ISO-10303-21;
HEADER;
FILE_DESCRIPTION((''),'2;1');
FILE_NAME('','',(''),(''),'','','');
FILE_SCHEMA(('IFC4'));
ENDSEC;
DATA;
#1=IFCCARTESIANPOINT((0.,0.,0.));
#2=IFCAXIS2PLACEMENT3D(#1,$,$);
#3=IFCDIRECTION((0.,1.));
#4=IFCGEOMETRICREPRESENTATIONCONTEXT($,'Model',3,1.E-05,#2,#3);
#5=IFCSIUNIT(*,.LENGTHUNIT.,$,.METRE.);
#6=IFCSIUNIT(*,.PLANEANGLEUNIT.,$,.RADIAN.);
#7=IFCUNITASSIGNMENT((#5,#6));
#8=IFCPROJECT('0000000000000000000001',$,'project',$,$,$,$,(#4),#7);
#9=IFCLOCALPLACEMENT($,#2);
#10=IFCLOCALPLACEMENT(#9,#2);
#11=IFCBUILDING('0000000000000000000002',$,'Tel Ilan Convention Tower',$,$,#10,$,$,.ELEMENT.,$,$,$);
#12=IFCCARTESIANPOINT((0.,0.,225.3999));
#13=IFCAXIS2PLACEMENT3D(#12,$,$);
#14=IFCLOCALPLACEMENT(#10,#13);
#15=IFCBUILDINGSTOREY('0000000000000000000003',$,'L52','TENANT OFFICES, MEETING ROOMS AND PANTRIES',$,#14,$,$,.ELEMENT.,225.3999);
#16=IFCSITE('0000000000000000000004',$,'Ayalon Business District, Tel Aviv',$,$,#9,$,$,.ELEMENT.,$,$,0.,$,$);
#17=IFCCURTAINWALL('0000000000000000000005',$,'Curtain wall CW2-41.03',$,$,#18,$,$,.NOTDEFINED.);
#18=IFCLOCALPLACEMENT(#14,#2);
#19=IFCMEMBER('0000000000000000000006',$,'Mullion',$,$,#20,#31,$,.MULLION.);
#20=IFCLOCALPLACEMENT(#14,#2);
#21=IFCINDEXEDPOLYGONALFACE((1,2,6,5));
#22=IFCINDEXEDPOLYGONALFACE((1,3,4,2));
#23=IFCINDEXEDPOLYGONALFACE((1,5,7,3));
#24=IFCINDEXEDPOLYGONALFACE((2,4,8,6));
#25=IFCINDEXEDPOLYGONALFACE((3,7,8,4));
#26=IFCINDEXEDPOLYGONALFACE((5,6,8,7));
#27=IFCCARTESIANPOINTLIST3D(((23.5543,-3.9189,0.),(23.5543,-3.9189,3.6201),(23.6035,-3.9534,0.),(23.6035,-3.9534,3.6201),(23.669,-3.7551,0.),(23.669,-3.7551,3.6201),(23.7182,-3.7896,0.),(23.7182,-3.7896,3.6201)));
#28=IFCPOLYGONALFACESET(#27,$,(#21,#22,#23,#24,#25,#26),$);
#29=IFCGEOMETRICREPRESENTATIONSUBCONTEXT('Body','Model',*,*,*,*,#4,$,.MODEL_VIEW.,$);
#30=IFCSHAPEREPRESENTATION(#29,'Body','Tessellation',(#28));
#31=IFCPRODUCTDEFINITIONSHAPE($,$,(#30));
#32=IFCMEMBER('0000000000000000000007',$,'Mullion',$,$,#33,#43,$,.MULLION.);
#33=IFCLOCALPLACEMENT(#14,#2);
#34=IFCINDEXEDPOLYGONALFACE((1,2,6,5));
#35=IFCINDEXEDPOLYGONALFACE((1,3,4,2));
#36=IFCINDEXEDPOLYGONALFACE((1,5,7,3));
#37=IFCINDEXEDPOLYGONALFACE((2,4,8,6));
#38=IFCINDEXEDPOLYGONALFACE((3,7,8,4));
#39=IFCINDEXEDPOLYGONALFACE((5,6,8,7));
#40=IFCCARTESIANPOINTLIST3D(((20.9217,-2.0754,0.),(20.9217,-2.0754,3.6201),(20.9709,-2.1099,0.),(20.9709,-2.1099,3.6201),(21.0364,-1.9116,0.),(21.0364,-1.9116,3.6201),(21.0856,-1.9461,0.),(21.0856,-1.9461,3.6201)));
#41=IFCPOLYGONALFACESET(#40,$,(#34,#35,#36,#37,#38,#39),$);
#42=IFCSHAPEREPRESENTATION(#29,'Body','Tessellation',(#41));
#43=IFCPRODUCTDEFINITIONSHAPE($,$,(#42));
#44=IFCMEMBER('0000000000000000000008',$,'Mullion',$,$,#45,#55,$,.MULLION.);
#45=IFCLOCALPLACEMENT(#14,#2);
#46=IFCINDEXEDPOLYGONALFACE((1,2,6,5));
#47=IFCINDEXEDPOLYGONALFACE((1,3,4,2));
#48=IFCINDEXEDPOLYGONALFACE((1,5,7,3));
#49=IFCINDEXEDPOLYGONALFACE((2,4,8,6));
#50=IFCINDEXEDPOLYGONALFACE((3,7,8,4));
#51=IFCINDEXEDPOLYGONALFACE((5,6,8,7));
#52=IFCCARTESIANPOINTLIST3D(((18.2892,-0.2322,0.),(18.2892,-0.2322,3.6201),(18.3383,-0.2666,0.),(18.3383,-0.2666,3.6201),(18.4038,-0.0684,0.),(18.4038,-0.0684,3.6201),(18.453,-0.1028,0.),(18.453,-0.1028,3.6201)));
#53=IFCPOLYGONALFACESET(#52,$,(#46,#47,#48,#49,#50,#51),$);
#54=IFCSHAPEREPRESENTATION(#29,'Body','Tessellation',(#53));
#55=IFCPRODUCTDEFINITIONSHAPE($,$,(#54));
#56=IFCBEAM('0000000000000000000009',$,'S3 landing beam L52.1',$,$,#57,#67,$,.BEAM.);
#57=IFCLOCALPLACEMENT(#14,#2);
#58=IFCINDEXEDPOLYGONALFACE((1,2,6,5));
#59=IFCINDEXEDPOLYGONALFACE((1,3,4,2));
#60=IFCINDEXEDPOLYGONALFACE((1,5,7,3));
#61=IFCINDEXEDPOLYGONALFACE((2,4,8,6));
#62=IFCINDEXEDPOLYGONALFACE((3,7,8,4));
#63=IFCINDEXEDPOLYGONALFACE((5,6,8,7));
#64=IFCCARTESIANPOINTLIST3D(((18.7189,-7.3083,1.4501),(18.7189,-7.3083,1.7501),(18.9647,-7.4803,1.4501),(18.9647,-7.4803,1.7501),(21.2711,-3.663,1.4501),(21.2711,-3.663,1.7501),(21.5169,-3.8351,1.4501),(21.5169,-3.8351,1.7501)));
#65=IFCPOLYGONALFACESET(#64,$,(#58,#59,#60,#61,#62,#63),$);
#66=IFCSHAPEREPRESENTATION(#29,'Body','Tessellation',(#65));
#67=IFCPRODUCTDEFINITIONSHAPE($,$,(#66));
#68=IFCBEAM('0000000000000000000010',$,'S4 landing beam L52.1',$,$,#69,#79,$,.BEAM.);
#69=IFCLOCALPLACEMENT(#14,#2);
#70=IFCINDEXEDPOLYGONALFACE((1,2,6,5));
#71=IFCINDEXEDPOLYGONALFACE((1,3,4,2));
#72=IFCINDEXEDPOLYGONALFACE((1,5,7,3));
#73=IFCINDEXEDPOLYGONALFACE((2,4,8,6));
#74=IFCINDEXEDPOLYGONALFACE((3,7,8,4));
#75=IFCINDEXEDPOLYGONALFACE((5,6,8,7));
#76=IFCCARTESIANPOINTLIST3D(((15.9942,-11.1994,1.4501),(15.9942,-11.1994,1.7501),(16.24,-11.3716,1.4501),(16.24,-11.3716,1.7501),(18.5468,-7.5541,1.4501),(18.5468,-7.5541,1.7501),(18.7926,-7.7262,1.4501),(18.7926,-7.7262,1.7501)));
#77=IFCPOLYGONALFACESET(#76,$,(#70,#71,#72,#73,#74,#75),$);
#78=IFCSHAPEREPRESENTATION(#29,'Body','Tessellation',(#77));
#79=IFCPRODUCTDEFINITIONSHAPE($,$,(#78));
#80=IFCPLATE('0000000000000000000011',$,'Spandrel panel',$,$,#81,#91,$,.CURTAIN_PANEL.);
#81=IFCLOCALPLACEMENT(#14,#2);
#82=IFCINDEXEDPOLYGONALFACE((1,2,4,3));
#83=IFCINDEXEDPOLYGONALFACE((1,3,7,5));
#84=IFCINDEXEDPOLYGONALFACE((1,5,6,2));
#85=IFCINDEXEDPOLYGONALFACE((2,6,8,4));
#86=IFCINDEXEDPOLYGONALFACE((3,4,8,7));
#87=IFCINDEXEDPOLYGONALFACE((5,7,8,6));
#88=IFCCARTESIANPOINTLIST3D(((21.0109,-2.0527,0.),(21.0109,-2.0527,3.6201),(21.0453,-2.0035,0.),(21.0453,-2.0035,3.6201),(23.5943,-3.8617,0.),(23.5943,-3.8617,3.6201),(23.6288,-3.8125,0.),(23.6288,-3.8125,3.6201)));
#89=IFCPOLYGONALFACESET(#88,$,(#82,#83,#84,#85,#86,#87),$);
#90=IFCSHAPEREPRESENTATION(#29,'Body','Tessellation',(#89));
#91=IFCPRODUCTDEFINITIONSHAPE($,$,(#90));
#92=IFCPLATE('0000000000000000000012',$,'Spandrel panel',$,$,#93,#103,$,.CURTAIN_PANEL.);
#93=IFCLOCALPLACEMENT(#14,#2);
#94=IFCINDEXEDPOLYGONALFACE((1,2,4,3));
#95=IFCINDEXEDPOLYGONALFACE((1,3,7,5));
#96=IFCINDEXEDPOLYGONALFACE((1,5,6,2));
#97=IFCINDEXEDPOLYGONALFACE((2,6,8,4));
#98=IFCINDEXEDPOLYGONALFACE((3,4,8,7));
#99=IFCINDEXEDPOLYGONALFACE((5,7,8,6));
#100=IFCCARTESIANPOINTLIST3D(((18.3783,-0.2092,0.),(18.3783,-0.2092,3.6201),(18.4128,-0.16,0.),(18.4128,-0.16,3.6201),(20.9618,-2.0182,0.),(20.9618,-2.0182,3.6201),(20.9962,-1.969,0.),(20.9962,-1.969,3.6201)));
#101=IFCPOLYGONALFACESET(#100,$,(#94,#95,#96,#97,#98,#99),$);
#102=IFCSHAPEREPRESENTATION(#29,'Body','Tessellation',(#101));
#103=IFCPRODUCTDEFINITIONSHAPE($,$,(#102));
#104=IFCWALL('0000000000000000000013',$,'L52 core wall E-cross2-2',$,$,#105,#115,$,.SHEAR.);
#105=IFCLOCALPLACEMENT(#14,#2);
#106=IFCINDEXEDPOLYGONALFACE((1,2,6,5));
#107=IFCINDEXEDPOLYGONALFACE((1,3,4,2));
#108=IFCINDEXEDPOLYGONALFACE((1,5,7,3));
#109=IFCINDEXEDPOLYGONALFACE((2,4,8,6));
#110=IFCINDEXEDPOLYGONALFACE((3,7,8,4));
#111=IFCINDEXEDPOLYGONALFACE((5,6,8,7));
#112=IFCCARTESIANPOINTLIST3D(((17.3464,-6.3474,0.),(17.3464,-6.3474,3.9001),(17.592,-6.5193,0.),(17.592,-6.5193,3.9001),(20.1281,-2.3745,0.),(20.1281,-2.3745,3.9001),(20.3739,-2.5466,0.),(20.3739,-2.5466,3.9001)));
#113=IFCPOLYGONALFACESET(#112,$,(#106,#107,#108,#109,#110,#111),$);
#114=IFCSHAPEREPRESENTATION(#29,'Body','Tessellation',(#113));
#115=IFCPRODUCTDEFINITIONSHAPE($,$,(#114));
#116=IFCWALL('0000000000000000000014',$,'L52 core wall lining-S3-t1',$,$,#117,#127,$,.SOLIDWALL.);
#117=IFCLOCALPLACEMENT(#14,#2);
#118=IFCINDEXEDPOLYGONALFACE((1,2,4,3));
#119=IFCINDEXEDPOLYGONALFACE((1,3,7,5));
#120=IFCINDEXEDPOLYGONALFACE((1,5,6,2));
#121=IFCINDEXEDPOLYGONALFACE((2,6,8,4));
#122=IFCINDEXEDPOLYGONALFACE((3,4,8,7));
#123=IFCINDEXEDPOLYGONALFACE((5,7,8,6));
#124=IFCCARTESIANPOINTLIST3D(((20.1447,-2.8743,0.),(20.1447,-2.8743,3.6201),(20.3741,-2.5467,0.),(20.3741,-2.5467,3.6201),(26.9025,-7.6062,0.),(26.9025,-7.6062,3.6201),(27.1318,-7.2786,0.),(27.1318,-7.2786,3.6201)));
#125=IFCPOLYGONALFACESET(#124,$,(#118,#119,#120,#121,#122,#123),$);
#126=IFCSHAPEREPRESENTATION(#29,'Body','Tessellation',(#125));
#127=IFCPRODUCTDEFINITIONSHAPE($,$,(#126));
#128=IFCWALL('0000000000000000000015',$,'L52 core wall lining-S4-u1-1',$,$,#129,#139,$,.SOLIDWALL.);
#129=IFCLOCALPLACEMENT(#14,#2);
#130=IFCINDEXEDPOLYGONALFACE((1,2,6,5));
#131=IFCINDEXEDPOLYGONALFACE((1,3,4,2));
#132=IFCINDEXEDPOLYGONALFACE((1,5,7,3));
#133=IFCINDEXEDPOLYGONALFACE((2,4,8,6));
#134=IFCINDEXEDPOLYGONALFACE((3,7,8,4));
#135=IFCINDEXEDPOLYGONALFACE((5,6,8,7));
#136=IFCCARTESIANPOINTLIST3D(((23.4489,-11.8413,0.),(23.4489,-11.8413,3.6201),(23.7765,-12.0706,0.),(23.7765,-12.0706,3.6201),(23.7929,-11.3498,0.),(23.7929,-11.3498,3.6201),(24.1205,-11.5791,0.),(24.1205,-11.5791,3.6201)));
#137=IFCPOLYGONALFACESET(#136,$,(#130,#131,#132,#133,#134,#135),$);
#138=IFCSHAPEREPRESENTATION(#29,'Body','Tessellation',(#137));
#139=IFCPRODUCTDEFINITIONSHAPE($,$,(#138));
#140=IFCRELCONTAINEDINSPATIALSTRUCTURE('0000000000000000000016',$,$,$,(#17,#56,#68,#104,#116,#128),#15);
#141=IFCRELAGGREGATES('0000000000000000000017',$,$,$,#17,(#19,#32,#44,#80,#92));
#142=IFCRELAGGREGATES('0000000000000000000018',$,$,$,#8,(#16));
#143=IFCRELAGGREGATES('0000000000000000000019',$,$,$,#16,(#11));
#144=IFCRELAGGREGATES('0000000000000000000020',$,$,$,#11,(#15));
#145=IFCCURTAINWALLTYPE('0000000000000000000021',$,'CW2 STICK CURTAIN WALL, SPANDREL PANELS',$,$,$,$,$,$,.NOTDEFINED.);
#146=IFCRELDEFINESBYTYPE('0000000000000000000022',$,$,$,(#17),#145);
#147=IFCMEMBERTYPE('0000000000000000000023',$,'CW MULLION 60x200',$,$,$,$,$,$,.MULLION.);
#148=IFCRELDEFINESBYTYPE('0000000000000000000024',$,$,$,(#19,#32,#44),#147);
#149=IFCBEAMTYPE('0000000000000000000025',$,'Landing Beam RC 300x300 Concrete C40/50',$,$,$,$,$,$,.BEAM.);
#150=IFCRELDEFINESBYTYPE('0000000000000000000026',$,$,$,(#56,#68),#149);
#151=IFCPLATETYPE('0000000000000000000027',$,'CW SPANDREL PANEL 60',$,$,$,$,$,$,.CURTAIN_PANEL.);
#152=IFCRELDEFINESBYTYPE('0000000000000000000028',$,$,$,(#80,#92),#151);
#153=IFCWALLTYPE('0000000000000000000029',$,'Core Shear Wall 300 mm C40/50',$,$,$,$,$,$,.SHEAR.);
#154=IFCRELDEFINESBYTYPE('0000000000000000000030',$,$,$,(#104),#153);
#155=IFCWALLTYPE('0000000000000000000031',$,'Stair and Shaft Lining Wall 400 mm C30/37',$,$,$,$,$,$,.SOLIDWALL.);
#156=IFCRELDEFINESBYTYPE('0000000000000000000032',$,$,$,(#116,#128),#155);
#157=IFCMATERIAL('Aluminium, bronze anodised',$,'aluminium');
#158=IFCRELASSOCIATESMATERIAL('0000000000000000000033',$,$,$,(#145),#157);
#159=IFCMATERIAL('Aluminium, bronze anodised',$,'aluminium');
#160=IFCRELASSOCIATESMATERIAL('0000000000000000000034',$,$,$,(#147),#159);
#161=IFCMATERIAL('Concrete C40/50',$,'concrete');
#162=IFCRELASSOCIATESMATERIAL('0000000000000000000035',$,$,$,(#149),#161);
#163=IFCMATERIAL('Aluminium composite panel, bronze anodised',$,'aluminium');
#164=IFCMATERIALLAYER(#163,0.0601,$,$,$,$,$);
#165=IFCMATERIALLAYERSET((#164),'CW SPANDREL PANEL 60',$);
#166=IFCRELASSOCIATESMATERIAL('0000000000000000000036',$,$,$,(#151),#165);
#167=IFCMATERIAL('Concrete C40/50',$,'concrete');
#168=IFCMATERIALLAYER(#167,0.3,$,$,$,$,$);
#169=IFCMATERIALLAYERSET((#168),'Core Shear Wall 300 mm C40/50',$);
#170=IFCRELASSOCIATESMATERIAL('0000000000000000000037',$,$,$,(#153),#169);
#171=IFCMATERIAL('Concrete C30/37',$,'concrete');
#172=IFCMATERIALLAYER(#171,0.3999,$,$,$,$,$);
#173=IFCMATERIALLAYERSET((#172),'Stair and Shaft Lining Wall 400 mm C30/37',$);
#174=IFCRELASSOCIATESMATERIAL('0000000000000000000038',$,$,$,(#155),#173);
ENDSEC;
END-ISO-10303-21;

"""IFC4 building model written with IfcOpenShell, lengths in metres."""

from ifc_helpers import new_model, si_unit, direction, frame, frame_2d, origin, origin_2d, place, context, subcontext, project, spatial, polyline, rectangle, outline, extrude, material, layer, layer_set, material_profile, profile_set, type_object, element, aggregate, save


model = new_model("IFC4")

# Units and contexts
model_context = context("Model", 3, precision=1e-05, world=origin(), true_north=direction((0.0, 1.0)))
body_context = subcontext(model_context, "Body", "Model", "MODEL_VIEW")
ifc_project = project(units=[si_unit("LENGTHUNIT", "METRE"), si_unit("PLANEANGLEUNIT", "RADIAN")], contexts=[model_context])

# Site, building, storey
site_placement = place(None, origin())
site = spatial("IfcSite", under=ifc_project, at=site_placement, Name="Ayalon Business District, Tel Aviv", CompositionType="ELEMENT", RefElevation=0.0)
building_placement = place(site_placement, origin())
building = spatial("IfcBuilding", under=site, at=building_placement, Name="Tel Ilan Convention Tower", CompositionType="ELEMENT")
storey_placement = place(building_placement, frame((0.0, 0.0, 225.3999)))
storey = spatial("IfcBuildingStorey", under=building, at=storey_placement, Name="L52", Description="TENANT OFFICES, MEETING ROOMS AND PANTRIES", CompositionType="ELEMENT", Elevation=225.3999)

# Curtain wall, members
ifc_material_1 = material(Name="Aluminium, bronze anodised", Category="aluminium")
curtain_wall_type = type_object("IfcCurtainWallType", Name="CW2 STICK CURTAIN WALL, SPANDREL PANELS", PredefinedType="NOTDEFINED", material=ifc_material_1)
curtain_wall_placement = place(storey_placement, origin())
curtain_wall = element("IfcCurtainWall", 1, at=curtain_wall_placement, inside=storey, type_object=curtain_wall_type, Name="Curtain wall CW2-41.03", PredefinedType="NOTDEFINED")
ifc_material_2 = material(Name="Aluminium, bronze anodised", Category="aluminium")
ifc_material_profile_1 = material_profile(ifc_material_2, rectangle(XDim=0.0601, YDim=0.2, at=origin_2d()), Name="CW MULLION 60x200")
ifc_profile_set_1 = profile_set([ifc_material_profile_1], Name="Aluminium, bronze anodised")
member_type = type_object("IfcMemberType", Name="CW MULLION 60x200", PredefinedType="MULLION", material=ifc_profile_set_1)
member_1_placement = place(storey_placement, frame((23.6362, -3.8542, 0.0), z_axis=(0.0, 0.0, 1.0), x_axis=(-0.819152, 0.573576, 0.0)))
member_1 = element("IfcMember", 2, at=member_1_placement, type_object=member_type, Name="Mullion", PredefinedType="MULLION", context=body_context, shape_type="SweptSolid", body=[
    extrude(rectangle(XDim=0.0601, YDim=0.2, at=origin_2d()), origin(), (0.0, 0.0, 1.0), 3.6201),
])
member_2_placement = place(storey_placement, frame((21.0037, -2.0107, 0.0), z_axis=(0.0, 0.0, 1.0), x_axis=(-0.819152, 0.573576, 0.0)))
member_2 = element("IfcMember", 3, at=member_2_placement, type_object=member_type, Name="Mullion", PredefinedType="MULLION", context=body_context, shape_type="SweptSolid", body=[
    extrude(rectangle(XDim=0.0601, YDim=0.2, at=origin_2d()), origin(), (0.0, 0.0, 1.0), 3.6201),
])
member_3_placement = place(storey_placement, frame((18.3711, -0.1675, 0.0), z_axis=(0.0, 0.0, 1.0), x_axis=(-0.819152, 0.573576, 0.0)))
member_3 = element("IfcMember", 4, at=member_3_placement, type_object=member_type, Name="Mullion", PredefinedType="MULLION", context=body_context, shape_type="SweptSolid", body=[
    extrude(rectangle(XDim=0.0601, YDim=0.2, at=origin_2d()), origin(), (0.0, 0.0, 1.0), 3.6201),
])

# Beams
ifc_material_3 = material(Name="Concrete C40/50", Category="concrete")
ifc_material_profile_2 = material_profile(ifc_material_3, rectangle(XDim=0.3, YDim=0.3, at=origin_2d()), Name="RC 300x300")
ifc_profile_set_2 = profile_set([ifc_material_profile_2], Name="Concrete C40/50")
beam_type = type_object("IfcBeamType", Name="Landing Beam RC 300x300 Concrete C40/50", PredefinedType="BEAM", material=ifc_profile_set_2)
beam_1_placement = place(storey_placement, frame((21.394, -3.749, 1.6001), z_axis=(-0.573547, -0.819173, 0.0), x_axis=(0.819173, -0.573547, 0.0)))
element("IfcBeam", 5, at=beam_1_placement, inside=storey, type_object=beam_type, Name="S3 landing beam L52.1", PredefinedType="BEAM", context=body_context, shape_type="SweptSolid", body=[
    extrude(rectangle(XDim=0.3, YDim=0.3, at=origin_2d()), origin(), (0.0, 0.0, 1.0), 4.45),
])
beam_2_placement = place(storey_placement, frame((18.6697, -7.6401, 1.6001), z_axis=(-0.573584, -0.819147, 0.0), x_axis=(0.819147, -0.573584, 0.0)))
element("IfcBeam", 6, at=beam_2_placement, inside=storey, type_object=beam_type, Name="S4 landing beam L52.1", PredefinedType="BEAM", context=body_context, shape_type="SweptSolid", body=[
    extrude(rectangle(XDim=0.3, YDim=0.3, at=origin_2d()), origin(), (0.0, 0.0, 1.0), 4.4502),
])

# Plates
ifc_material_4 = material(Name="Aluminium composite panel, bronze anodised", Category="aluminium")
ifc_layer_1 = layer(ifc_material_4, 0.0601)
ifc_layer_set_1 = layer_set([ifc_layer_1], Name="CW SPANDREL PANEL 60")
plate_type = type_object("IfcPlateType", Name="CW SPANDREL PANEL 60", PredefinedType="CURTAIN_PANEL", material=ifc_layer_set_1)
plate_1_placement = place(storey_placement, frame((22.3198, -2.9326, 0.0), z_axis=(0.0, 0.0, 1.0), x_axis=(-0.819152, 0.573576, 0.0)))
plate_1 = element("IfcPlate", 7, at=plate_1_placement, type_object=plate_type, Name="Spandrel panel", PredefinedType="CURTAIN_PANEL", context=body_context, shape_type="SweptSolid", body=[
    extrude(rectangle(XDim=3.1538, YDim=0.0601, at=origin_2d()), origin(), (0.0, 0.0, 1.0), 3.6201),
])
plate_2_placement = place(storey_placement, frame((19.6873, -1.0891, 0.0), z_axis=(0.0, 0.0, 1.0), x_axis=(-0.819152, 0.573576, 0.0)))
plate_2 = element("IfcPlate", 8, at=plate_2_placement, type_object=plate_type, Name="Spandrel panel", PredefinedType="CURTAIN_PANEL", context=body_context, shape_type="SweptSolid", body=[
    extrude(rectangle(XDim=3.1538, YDim=0.0601, at=origin_2d()), origin(), (0.0, 0.0, 1.0), 3.6201),
])
aggregate(curtain_wall, [member_1, member_2, member_3, plate_1, plate_2])

# Walls
ifc_material_5 = material(Name="Concrete C40/50", Category="concrete")
ifc_layer_2 = layer(ifc_material_5, 0.3)
ifc_layer_set_2 = layer_set([ifc_layer_2], Name="Core Shear Wall 300 mm C40/50")
wall_type_1 = type_object("IfcWallType", Name="Core Shear Wall 300 mm C40/50", PredefinedType="SHEAR", material=ifc_layer_set_2)
wall_1_placement = place(storey_placement, frame((17.4692, -6.4333, 0.0), z_axis=(0.0, 0.0, 1.0), x_axis=(0.573594, 0.81914, 0.0)))
element("IfcWall", 9, at=wall_1_placement, inside=storey, type_object=wall_type_1, Name="L52 core wall E-cross2-2", PredefinedType="SHEAR", context=body_context, shape_type="SweptSolid", body=[
    extrude(outline(polyline([(4.8499, -0.1499), (4.8499, 0.1501), (0.0, 0.1499), (0.0, -0.1499), (4.8499, -0.1499)])), origin(), (0.0, 0.0, 1.0), 3.9001),
])
ifc_material_6 = material(Name="Concrete C30/37", Category="concrete")
ifc_layer_3 = layer(ifc_material_6, 0.3999)
ifc_layer_set_3 = layer_set([ifc_layer_3], Name="Stair and Shaft Lining Wall 400 mm C30/37")
wall_type_2 = type_object("IfcWallType", Name="Stair and Shaft Lining Wall 400 mm C30/37", PredefinedType="SOLIDWALL", material=ifc_layer_set_3)
wall_2_placement = place(storey_placement, frame((20.2593, -2.7104, 0.0), z_axis=(0.0, 0.0, 1.0), x_axis=(0.819148, -0.573582, 0.0)))
element("IfcWall", 10, at=wall_2_placement, inside=storey, type_object=wall_type_2, Name="L52 core wall lining-S3-t1", PredefinedType="SOLIDWALL", context=body_context, shape_type="SweptSolid", body=[
    extrude(rectangle(XDim=8.2498, YDim=0.3999, at=frame_2d((4.125, 0.0))), origin(), (0.0, 0.0, 1.0), 3.6201),
])
wall_3_placement = place(storey_placement, frame((23.6128, -11.9558, 0.0), z_axis=(0.0, 0.0, 1.0), x_axis=(0.573435, 0.819251, 0.0)))
element("IfcWall", 11, at=wall_3_placement, inside=storey, type_object=wall_type_2, Name="L52 core wall lining-S4-u1-1", PredefinedType="SOLIDWALL", context=body_context, shape_type="SweptSolid", body=[
    extrude(rectangle(XDim=0.5999, YDim=0.3999, at=frame_2d((0.2998, 0.0))), origin(), (0.0, 0.0, 1.0), 3.6201),
])

save(model, "model.ifc")
